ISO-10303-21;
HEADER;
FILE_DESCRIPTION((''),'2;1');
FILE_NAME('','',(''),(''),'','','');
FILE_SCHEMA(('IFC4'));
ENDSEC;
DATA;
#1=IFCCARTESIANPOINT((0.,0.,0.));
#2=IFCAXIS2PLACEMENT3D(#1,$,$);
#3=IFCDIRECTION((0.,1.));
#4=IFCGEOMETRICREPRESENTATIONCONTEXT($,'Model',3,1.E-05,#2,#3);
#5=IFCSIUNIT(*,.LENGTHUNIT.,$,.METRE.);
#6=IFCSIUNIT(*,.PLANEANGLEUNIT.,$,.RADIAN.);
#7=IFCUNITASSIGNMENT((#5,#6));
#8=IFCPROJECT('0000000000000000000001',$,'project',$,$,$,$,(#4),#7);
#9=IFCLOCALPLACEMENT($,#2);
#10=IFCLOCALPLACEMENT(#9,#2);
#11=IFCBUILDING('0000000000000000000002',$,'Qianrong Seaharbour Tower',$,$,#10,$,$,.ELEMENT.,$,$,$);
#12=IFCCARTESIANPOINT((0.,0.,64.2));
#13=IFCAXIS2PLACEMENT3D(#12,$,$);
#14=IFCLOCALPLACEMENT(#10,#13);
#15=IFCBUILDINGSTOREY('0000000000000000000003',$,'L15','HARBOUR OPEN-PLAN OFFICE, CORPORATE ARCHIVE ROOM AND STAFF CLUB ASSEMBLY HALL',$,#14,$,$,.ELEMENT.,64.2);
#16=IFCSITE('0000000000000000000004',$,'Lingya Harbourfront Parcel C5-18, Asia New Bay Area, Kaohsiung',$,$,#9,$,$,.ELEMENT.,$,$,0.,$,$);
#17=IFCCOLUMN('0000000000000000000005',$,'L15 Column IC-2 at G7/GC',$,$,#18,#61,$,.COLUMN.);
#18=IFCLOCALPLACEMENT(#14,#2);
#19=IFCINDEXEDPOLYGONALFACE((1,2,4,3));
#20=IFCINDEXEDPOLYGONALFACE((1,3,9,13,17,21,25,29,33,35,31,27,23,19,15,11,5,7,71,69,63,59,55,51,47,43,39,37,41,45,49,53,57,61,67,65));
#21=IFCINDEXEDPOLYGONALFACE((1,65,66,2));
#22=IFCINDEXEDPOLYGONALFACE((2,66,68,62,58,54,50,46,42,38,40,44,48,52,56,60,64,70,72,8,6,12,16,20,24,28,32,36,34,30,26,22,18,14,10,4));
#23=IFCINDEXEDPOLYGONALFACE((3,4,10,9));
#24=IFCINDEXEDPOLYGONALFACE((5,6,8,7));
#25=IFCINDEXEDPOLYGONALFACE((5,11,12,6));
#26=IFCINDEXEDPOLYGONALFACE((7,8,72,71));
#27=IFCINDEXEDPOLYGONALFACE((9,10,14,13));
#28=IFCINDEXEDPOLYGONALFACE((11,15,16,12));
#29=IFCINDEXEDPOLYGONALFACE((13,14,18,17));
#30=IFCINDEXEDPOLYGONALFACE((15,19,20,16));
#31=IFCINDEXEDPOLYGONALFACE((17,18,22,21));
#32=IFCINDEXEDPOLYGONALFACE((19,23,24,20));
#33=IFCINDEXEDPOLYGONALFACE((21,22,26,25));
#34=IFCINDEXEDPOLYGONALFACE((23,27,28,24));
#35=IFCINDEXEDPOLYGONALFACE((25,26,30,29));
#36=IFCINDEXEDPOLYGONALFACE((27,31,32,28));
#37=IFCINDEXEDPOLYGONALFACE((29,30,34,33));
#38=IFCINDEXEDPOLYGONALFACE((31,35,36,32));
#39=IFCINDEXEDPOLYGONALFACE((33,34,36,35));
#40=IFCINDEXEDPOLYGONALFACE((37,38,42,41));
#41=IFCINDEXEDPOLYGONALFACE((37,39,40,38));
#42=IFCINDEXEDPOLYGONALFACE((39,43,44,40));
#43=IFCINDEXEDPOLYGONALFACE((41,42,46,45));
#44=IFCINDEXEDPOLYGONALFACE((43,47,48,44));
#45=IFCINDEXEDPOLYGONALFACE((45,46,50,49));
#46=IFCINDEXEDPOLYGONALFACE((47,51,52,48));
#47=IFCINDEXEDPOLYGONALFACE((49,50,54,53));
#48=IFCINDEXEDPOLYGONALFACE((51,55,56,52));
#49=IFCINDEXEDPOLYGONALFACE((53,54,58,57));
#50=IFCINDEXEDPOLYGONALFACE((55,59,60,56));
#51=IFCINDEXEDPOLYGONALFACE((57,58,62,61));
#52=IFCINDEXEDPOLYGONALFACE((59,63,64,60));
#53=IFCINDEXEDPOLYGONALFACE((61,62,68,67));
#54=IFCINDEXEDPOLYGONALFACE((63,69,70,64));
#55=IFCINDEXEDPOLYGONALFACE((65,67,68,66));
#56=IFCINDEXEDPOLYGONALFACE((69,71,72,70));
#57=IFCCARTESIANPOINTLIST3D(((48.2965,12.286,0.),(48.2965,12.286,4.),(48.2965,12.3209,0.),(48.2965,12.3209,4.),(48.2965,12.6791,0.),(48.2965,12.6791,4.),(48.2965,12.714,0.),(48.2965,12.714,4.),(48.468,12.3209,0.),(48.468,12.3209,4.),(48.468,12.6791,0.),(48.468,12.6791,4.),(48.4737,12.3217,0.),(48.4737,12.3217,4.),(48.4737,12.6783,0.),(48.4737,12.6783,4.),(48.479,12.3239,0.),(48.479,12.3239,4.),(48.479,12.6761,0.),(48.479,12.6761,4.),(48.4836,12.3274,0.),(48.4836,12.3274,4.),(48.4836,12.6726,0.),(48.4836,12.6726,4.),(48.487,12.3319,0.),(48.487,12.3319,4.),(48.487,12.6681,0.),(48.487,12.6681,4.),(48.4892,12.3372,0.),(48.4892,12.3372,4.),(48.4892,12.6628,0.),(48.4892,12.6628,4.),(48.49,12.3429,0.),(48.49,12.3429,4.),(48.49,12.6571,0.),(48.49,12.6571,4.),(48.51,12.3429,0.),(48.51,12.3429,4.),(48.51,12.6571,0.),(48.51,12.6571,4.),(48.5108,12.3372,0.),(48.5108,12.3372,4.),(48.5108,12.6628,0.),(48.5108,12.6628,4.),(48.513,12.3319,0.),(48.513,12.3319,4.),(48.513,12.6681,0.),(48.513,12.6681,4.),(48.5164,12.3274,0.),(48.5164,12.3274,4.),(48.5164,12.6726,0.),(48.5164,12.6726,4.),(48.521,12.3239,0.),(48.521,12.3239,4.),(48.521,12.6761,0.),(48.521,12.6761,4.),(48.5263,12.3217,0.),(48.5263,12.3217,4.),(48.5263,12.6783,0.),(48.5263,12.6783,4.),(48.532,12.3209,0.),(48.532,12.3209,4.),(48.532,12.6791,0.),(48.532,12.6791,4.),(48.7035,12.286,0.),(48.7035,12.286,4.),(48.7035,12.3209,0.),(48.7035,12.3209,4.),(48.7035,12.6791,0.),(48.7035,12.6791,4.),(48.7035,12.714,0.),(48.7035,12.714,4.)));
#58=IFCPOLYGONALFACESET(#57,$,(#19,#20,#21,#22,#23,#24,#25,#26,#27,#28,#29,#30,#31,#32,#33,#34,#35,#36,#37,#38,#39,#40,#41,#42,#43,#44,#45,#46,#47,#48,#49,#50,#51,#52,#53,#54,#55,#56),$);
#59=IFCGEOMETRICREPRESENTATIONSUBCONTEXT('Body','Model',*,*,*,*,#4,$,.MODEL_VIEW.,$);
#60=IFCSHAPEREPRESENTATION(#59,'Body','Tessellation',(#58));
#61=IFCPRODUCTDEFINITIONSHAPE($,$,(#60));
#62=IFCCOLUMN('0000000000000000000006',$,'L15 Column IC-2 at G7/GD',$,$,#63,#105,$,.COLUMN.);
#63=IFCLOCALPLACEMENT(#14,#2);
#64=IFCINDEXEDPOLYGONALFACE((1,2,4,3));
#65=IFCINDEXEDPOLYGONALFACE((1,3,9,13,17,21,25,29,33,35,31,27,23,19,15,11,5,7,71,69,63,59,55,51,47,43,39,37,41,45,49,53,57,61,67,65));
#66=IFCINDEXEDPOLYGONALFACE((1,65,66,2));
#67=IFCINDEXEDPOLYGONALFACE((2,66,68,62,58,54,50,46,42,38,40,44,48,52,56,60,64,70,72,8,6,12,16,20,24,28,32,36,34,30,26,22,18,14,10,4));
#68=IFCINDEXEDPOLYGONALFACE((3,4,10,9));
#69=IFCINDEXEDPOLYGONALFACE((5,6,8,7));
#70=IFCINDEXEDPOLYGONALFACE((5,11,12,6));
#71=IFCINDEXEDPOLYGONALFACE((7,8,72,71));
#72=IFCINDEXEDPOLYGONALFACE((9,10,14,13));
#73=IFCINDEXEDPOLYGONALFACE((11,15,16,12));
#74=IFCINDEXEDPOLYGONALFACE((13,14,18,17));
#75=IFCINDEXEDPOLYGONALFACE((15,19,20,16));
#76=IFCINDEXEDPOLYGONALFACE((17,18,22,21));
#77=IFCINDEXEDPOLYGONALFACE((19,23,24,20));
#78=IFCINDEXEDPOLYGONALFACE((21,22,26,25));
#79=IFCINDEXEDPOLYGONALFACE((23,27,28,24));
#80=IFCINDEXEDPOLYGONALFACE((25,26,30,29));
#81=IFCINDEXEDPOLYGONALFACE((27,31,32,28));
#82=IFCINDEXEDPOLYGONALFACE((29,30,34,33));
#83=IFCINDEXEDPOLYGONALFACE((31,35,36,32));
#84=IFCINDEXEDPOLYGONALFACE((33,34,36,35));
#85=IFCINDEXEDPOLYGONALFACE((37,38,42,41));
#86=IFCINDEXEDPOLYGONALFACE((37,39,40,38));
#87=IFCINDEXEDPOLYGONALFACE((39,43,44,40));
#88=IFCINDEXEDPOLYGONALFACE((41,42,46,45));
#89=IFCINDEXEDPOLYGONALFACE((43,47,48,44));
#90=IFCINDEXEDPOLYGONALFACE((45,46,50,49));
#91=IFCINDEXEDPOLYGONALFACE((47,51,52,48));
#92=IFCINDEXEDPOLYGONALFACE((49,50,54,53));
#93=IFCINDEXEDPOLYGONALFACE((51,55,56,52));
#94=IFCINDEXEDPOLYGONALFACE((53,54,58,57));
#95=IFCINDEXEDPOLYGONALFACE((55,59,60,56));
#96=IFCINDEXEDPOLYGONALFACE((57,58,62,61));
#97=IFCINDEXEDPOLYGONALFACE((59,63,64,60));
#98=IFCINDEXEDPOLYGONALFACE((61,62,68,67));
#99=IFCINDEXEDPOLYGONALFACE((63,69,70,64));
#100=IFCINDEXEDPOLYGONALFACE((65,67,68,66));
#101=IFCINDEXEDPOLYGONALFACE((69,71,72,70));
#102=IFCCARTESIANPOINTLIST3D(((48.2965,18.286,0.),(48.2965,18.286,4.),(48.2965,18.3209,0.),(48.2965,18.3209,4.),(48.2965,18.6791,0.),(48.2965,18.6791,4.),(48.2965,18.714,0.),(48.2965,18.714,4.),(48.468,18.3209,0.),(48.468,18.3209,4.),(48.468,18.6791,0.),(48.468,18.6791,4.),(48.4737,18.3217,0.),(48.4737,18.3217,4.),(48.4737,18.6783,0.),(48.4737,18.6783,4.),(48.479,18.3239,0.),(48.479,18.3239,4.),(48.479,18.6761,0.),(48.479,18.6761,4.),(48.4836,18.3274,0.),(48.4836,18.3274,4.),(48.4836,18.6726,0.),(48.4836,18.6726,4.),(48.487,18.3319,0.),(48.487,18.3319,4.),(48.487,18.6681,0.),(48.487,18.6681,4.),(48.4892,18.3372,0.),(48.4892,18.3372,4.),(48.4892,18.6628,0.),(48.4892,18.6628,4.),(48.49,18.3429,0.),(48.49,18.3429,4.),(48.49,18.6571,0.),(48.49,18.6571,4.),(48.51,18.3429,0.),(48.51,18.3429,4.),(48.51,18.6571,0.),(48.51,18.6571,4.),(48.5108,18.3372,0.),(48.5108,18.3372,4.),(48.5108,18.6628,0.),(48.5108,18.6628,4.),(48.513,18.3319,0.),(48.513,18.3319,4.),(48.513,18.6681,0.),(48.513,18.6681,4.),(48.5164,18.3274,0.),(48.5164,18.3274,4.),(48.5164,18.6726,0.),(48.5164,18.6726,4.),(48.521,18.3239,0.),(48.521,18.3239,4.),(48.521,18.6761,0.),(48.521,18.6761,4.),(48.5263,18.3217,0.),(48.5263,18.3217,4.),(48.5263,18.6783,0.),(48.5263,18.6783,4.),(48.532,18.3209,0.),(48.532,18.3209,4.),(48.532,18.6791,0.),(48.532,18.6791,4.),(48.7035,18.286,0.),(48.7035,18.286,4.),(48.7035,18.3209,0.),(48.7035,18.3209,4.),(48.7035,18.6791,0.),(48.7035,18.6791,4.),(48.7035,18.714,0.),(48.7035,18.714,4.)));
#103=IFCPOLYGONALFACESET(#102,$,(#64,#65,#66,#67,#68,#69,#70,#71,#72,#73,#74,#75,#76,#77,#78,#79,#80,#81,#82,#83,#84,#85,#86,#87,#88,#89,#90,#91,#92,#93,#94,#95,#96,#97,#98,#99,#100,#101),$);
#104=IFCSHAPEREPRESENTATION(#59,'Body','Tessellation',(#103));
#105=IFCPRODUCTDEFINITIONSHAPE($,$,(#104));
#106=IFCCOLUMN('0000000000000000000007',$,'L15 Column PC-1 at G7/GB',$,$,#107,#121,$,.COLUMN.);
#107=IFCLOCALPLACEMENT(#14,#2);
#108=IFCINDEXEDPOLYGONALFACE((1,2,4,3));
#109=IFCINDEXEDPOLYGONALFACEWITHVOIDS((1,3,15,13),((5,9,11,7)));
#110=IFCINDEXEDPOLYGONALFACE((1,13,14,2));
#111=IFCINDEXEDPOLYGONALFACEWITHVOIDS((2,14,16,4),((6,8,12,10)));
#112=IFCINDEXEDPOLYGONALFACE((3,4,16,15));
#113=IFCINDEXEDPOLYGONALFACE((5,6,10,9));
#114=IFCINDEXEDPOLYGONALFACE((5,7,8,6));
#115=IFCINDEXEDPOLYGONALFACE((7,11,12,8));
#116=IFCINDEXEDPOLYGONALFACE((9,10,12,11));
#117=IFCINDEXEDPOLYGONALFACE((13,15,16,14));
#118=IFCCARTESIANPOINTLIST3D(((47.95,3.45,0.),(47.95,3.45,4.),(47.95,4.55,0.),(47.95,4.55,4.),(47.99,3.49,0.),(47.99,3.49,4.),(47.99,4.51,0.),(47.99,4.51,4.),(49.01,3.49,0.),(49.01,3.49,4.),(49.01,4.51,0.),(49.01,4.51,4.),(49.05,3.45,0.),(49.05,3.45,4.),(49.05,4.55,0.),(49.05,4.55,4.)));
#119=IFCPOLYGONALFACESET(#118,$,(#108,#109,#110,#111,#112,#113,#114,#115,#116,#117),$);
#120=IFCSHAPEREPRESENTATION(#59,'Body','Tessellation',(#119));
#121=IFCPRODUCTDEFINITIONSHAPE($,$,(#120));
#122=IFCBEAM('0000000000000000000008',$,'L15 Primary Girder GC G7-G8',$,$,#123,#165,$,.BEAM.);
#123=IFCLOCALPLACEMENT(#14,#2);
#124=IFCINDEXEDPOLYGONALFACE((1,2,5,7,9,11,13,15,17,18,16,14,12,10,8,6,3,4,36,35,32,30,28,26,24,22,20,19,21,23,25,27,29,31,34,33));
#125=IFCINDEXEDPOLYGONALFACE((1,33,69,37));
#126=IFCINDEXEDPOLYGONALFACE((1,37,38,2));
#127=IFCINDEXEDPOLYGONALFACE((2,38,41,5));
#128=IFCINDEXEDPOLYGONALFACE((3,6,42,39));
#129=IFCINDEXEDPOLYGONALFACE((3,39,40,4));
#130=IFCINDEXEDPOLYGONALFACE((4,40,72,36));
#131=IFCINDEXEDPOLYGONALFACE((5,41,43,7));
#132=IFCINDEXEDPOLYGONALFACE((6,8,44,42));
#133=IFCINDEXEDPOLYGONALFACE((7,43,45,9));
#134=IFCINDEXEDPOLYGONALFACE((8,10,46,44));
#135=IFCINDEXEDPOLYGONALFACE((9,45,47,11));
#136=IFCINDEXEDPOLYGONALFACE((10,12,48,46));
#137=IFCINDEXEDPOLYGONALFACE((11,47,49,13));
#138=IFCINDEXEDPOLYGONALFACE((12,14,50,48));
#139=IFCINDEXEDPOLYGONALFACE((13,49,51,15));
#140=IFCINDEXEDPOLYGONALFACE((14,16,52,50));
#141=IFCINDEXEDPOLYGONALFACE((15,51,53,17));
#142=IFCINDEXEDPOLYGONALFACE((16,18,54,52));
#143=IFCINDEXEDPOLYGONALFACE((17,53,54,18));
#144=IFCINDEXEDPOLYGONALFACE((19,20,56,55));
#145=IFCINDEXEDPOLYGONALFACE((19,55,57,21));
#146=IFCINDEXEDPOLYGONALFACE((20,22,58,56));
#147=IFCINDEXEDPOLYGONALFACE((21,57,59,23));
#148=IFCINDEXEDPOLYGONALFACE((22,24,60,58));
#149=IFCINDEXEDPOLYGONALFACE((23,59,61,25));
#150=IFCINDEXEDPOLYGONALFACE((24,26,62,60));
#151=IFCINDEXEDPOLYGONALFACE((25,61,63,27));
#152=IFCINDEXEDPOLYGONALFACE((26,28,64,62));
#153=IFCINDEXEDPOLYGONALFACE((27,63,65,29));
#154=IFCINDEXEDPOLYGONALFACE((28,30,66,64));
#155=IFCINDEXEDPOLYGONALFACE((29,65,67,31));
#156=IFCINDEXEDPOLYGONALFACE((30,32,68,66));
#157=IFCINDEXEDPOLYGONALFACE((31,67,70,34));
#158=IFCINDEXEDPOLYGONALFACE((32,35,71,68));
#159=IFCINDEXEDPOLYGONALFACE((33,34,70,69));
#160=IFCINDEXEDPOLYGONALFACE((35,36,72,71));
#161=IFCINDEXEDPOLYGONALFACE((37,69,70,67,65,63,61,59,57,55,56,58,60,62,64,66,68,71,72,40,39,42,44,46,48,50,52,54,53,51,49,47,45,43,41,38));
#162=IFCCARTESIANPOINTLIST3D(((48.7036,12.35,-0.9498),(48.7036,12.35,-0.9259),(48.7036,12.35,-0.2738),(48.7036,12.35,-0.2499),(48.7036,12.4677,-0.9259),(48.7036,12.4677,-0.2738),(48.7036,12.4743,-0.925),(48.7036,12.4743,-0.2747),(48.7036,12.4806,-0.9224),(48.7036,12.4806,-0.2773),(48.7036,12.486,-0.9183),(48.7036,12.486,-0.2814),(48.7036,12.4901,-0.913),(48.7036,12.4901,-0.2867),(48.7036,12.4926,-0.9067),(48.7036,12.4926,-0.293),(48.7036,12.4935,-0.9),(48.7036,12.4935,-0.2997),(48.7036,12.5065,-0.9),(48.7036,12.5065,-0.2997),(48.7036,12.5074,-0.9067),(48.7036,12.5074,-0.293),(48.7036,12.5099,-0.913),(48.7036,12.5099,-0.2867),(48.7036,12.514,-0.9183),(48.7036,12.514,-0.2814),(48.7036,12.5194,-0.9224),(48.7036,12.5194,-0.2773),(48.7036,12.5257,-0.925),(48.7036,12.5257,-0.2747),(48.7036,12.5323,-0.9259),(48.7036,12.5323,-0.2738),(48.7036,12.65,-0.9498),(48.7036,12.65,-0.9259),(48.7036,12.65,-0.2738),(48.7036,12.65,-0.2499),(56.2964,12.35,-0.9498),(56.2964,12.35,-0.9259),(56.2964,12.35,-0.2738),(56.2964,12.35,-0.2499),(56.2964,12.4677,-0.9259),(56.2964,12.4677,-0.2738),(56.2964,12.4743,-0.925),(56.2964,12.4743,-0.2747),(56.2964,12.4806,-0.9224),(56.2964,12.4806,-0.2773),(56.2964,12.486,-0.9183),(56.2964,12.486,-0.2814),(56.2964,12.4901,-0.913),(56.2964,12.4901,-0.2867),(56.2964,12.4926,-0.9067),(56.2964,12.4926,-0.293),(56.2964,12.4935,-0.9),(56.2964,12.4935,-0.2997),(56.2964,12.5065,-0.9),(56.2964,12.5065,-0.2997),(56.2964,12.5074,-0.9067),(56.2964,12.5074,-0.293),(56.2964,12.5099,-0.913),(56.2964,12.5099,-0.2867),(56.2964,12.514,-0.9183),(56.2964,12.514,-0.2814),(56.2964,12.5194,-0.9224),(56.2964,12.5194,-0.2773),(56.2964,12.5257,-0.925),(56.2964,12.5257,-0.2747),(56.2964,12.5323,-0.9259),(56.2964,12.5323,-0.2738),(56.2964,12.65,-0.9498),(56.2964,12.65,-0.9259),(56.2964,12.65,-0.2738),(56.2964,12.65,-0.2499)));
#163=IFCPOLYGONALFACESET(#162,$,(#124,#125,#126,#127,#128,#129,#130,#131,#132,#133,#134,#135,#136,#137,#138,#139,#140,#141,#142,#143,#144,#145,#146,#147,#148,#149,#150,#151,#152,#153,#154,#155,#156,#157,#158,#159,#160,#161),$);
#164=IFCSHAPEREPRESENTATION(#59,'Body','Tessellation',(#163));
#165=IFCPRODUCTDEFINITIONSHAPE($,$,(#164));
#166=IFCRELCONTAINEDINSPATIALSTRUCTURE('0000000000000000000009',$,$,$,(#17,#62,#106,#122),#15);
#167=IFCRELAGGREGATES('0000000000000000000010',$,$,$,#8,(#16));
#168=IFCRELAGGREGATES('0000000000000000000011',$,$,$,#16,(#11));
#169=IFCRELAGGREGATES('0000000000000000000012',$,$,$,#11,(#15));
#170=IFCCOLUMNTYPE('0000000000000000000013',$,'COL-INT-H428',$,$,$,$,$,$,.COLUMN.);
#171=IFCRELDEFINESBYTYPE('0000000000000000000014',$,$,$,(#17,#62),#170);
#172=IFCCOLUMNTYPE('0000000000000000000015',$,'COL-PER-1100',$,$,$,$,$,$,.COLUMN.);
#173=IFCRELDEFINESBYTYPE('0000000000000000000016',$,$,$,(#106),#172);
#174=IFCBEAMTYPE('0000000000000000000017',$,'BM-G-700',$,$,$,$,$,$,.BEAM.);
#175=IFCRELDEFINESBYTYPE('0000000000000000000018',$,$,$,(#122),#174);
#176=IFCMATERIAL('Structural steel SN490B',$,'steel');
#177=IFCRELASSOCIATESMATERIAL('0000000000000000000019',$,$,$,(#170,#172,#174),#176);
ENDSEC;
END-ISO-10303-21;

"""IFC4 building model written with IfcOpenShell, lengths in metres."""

from ifc_helpers import new_model, si_unit, direction, frame, origin, origin_2d, place, context, subcontext, project, spatial, hollow_rectangle, i_section, extrude, material, material_profile, profile_set, type_object, element, save


model = new_model("IFC4")

# Units and contexts
model_context = context("Model", 3, precision=1e-05, world=origin(), true_north=direction((0.0, 1.0)))
body_context = subcontext(model_context, "Body", "Model", "MODEL_VIEW")
ifc_project = project(units=[si_unit("LENGTHUNIT", "METRE"), si_unit("PLANEANGLEUNIT", "RADIAN")], contexts=[model_context])

# Site, building, storey
site_placement = place(None, origin())
site = spatial("IfcSite", under=ifc_project, at=site_placement, Name="Lingya Harbourfront Parcel C5-18, Asia New Bay Area, Kaohsiung", CompositionType="ELEMENT", RefElevation=0.0)
building_placement = place(site_placement, origin())
building = spatial("IfcBuilding", under=site, at=building_placement, Name="Qianrong Seaharbour Tower", CompositionType="ELEMENT")
storey_placement = place(building_placement, frame((0.0, 0.0, 64.2)))
storey = spatial("IfcBuildingStorey", under=building, at=storey_placement, Name="L15", Description="HARBOUR OPEN-PLAN OFFICE, CORPORATE ARCHIVE ROOM AND STAFF CLUB ASSEMBLY HALL", CompositionType="ELEMENT", Elevation=64.2)

# Columns
ifc_material_1 = material(Name="Structural steel SN490B", Category="steel")
ifc_material_profile_1 = material_profile(ifc_material_1, i_section(OverallWidth=0.407, OverallDepth=0.428, WebThickness=0.02, FlangeThickness=0.0349, FilletRadius=0.022, at=origin_2d()), Name="H428x407x20x35")
ifc_profile_set_1 = profile_set([ifc_material_profile_1], Name="Structural steel SN490B")
column_type_1 = type_object("IfcColumnType", Name="COL-INT-H428", PredefinedType="COLUMN", material=ifc_profile_set_1)
for number, where, z_axis, x_axis, name in (
    (1, (48.5, 12.5, 0.0), (0.0, 0.0, 1.0), (1.0, 0.0, 0.0), "L15 Column IC-2 at G7/GC"),
    (2, (48.5, 18.5, 0.0), (0.0, 0.0, 1.0), (1.0, 0.0, 0.0), "L15 Column IC-2 at G7/GD"),
):
    element("IfcColumn", number, at=place(storey_placement, frame(where, z_axis=z_axis, x_axis=x_axis)), inside=storey, type_object=column_type_1, Name=name, PredefinedType="COLUMN", context=body_context, shape_type="SweptSolid", body=[
        extrude(i_section(OverallWidth=0.407, OverallDepth=0.428, WebThickness=0.02, FlangeThickness=0.0349, FilletRadius=0.022, at=origin_2d()), origin(), (0.0, 0.0, 1.0), 4.0),
    ])
ifc_material_profile_2 = material_profile(ifc_material_1, hollow_rectangle(XDim=1.1001, YDim=1.1001, WallThickness=0.04, at=origin_2d()), Name="BOX1100x1100x40")
ifc_profile_set_2 = profile_set([ifc_material_profile_2], Name="Structural steel SN490B")
column_type_2 = type_object("IfcColumnType", Name="COL-PER-1100", PredefinedType="COLUMN", material=ifc_profile_set_2)
column_placement = place(storey_placement, frame((48.5, 4.0, 0.0), z_axis=(0.0, 0.0, 1.0), x_axis=(1.0, 0.0, 0.0)))
element("IfcColumn", 3, at=column_placement, inside=storey, type_object=column_type_2, Name="L15 Column PC-1 at G7/GB", PredefinedType="COLUMN", context=body_context, shape_type="SweptSolid", body=[
    extrude(hollow_rectangle(XDim=1.1001, YDim=1.1001, WallThickness=0.04, at=origin_2d()), origin(), (0.0, 0.0, 1.0), 4.0),
])

# Beam
ifc_material_profile_3 = material_profile(ifc_material_1, i_section(OverallWidth=0.3, OverallDepth=0.7, WebThickness=0.0129, FlangeThickness=0.0239, FilletRadius=0.0259, at=origin_2d()), Name="H700x300x13x24")
ifc_profile_set_3 = profile_set([ifc_material_profile_3], Name="Structural steel SN490B")
beam_type_1 = type_object("IfcBeamType", Name="BM-G-700", PredefinedType="BEAM", material=ifc_profile_set_3)
for number, where, z_axis, x_axis, name in (
    (4, (48.7036, 12.5, -0.5999), (1.0, 0.0, 0.0), (0.0, 1.0, 0.0), "L15 Primary Girder GC G7-G8"),
):
    element("IfcBeam", number, at=place(storey_placement, frame(where, z_axis=z_axis, x_axis=x_axis)), inside=storey, type_object=beam_type_1, Name=name, PredefinedType="BEAM", context=body_context, shape_type="SweptSolid", body=[
        extrude(i_section(OverallWidth=0.3, OverallDepth=0.7, WebThickness=0.0129, FlangeThickness=0.0239, FilletRadius=0.0259, at=origin_2d()), origin(), (0.0, 0.0, 1.0), 7.5928),
    ])

save(model, "model.ifc")
